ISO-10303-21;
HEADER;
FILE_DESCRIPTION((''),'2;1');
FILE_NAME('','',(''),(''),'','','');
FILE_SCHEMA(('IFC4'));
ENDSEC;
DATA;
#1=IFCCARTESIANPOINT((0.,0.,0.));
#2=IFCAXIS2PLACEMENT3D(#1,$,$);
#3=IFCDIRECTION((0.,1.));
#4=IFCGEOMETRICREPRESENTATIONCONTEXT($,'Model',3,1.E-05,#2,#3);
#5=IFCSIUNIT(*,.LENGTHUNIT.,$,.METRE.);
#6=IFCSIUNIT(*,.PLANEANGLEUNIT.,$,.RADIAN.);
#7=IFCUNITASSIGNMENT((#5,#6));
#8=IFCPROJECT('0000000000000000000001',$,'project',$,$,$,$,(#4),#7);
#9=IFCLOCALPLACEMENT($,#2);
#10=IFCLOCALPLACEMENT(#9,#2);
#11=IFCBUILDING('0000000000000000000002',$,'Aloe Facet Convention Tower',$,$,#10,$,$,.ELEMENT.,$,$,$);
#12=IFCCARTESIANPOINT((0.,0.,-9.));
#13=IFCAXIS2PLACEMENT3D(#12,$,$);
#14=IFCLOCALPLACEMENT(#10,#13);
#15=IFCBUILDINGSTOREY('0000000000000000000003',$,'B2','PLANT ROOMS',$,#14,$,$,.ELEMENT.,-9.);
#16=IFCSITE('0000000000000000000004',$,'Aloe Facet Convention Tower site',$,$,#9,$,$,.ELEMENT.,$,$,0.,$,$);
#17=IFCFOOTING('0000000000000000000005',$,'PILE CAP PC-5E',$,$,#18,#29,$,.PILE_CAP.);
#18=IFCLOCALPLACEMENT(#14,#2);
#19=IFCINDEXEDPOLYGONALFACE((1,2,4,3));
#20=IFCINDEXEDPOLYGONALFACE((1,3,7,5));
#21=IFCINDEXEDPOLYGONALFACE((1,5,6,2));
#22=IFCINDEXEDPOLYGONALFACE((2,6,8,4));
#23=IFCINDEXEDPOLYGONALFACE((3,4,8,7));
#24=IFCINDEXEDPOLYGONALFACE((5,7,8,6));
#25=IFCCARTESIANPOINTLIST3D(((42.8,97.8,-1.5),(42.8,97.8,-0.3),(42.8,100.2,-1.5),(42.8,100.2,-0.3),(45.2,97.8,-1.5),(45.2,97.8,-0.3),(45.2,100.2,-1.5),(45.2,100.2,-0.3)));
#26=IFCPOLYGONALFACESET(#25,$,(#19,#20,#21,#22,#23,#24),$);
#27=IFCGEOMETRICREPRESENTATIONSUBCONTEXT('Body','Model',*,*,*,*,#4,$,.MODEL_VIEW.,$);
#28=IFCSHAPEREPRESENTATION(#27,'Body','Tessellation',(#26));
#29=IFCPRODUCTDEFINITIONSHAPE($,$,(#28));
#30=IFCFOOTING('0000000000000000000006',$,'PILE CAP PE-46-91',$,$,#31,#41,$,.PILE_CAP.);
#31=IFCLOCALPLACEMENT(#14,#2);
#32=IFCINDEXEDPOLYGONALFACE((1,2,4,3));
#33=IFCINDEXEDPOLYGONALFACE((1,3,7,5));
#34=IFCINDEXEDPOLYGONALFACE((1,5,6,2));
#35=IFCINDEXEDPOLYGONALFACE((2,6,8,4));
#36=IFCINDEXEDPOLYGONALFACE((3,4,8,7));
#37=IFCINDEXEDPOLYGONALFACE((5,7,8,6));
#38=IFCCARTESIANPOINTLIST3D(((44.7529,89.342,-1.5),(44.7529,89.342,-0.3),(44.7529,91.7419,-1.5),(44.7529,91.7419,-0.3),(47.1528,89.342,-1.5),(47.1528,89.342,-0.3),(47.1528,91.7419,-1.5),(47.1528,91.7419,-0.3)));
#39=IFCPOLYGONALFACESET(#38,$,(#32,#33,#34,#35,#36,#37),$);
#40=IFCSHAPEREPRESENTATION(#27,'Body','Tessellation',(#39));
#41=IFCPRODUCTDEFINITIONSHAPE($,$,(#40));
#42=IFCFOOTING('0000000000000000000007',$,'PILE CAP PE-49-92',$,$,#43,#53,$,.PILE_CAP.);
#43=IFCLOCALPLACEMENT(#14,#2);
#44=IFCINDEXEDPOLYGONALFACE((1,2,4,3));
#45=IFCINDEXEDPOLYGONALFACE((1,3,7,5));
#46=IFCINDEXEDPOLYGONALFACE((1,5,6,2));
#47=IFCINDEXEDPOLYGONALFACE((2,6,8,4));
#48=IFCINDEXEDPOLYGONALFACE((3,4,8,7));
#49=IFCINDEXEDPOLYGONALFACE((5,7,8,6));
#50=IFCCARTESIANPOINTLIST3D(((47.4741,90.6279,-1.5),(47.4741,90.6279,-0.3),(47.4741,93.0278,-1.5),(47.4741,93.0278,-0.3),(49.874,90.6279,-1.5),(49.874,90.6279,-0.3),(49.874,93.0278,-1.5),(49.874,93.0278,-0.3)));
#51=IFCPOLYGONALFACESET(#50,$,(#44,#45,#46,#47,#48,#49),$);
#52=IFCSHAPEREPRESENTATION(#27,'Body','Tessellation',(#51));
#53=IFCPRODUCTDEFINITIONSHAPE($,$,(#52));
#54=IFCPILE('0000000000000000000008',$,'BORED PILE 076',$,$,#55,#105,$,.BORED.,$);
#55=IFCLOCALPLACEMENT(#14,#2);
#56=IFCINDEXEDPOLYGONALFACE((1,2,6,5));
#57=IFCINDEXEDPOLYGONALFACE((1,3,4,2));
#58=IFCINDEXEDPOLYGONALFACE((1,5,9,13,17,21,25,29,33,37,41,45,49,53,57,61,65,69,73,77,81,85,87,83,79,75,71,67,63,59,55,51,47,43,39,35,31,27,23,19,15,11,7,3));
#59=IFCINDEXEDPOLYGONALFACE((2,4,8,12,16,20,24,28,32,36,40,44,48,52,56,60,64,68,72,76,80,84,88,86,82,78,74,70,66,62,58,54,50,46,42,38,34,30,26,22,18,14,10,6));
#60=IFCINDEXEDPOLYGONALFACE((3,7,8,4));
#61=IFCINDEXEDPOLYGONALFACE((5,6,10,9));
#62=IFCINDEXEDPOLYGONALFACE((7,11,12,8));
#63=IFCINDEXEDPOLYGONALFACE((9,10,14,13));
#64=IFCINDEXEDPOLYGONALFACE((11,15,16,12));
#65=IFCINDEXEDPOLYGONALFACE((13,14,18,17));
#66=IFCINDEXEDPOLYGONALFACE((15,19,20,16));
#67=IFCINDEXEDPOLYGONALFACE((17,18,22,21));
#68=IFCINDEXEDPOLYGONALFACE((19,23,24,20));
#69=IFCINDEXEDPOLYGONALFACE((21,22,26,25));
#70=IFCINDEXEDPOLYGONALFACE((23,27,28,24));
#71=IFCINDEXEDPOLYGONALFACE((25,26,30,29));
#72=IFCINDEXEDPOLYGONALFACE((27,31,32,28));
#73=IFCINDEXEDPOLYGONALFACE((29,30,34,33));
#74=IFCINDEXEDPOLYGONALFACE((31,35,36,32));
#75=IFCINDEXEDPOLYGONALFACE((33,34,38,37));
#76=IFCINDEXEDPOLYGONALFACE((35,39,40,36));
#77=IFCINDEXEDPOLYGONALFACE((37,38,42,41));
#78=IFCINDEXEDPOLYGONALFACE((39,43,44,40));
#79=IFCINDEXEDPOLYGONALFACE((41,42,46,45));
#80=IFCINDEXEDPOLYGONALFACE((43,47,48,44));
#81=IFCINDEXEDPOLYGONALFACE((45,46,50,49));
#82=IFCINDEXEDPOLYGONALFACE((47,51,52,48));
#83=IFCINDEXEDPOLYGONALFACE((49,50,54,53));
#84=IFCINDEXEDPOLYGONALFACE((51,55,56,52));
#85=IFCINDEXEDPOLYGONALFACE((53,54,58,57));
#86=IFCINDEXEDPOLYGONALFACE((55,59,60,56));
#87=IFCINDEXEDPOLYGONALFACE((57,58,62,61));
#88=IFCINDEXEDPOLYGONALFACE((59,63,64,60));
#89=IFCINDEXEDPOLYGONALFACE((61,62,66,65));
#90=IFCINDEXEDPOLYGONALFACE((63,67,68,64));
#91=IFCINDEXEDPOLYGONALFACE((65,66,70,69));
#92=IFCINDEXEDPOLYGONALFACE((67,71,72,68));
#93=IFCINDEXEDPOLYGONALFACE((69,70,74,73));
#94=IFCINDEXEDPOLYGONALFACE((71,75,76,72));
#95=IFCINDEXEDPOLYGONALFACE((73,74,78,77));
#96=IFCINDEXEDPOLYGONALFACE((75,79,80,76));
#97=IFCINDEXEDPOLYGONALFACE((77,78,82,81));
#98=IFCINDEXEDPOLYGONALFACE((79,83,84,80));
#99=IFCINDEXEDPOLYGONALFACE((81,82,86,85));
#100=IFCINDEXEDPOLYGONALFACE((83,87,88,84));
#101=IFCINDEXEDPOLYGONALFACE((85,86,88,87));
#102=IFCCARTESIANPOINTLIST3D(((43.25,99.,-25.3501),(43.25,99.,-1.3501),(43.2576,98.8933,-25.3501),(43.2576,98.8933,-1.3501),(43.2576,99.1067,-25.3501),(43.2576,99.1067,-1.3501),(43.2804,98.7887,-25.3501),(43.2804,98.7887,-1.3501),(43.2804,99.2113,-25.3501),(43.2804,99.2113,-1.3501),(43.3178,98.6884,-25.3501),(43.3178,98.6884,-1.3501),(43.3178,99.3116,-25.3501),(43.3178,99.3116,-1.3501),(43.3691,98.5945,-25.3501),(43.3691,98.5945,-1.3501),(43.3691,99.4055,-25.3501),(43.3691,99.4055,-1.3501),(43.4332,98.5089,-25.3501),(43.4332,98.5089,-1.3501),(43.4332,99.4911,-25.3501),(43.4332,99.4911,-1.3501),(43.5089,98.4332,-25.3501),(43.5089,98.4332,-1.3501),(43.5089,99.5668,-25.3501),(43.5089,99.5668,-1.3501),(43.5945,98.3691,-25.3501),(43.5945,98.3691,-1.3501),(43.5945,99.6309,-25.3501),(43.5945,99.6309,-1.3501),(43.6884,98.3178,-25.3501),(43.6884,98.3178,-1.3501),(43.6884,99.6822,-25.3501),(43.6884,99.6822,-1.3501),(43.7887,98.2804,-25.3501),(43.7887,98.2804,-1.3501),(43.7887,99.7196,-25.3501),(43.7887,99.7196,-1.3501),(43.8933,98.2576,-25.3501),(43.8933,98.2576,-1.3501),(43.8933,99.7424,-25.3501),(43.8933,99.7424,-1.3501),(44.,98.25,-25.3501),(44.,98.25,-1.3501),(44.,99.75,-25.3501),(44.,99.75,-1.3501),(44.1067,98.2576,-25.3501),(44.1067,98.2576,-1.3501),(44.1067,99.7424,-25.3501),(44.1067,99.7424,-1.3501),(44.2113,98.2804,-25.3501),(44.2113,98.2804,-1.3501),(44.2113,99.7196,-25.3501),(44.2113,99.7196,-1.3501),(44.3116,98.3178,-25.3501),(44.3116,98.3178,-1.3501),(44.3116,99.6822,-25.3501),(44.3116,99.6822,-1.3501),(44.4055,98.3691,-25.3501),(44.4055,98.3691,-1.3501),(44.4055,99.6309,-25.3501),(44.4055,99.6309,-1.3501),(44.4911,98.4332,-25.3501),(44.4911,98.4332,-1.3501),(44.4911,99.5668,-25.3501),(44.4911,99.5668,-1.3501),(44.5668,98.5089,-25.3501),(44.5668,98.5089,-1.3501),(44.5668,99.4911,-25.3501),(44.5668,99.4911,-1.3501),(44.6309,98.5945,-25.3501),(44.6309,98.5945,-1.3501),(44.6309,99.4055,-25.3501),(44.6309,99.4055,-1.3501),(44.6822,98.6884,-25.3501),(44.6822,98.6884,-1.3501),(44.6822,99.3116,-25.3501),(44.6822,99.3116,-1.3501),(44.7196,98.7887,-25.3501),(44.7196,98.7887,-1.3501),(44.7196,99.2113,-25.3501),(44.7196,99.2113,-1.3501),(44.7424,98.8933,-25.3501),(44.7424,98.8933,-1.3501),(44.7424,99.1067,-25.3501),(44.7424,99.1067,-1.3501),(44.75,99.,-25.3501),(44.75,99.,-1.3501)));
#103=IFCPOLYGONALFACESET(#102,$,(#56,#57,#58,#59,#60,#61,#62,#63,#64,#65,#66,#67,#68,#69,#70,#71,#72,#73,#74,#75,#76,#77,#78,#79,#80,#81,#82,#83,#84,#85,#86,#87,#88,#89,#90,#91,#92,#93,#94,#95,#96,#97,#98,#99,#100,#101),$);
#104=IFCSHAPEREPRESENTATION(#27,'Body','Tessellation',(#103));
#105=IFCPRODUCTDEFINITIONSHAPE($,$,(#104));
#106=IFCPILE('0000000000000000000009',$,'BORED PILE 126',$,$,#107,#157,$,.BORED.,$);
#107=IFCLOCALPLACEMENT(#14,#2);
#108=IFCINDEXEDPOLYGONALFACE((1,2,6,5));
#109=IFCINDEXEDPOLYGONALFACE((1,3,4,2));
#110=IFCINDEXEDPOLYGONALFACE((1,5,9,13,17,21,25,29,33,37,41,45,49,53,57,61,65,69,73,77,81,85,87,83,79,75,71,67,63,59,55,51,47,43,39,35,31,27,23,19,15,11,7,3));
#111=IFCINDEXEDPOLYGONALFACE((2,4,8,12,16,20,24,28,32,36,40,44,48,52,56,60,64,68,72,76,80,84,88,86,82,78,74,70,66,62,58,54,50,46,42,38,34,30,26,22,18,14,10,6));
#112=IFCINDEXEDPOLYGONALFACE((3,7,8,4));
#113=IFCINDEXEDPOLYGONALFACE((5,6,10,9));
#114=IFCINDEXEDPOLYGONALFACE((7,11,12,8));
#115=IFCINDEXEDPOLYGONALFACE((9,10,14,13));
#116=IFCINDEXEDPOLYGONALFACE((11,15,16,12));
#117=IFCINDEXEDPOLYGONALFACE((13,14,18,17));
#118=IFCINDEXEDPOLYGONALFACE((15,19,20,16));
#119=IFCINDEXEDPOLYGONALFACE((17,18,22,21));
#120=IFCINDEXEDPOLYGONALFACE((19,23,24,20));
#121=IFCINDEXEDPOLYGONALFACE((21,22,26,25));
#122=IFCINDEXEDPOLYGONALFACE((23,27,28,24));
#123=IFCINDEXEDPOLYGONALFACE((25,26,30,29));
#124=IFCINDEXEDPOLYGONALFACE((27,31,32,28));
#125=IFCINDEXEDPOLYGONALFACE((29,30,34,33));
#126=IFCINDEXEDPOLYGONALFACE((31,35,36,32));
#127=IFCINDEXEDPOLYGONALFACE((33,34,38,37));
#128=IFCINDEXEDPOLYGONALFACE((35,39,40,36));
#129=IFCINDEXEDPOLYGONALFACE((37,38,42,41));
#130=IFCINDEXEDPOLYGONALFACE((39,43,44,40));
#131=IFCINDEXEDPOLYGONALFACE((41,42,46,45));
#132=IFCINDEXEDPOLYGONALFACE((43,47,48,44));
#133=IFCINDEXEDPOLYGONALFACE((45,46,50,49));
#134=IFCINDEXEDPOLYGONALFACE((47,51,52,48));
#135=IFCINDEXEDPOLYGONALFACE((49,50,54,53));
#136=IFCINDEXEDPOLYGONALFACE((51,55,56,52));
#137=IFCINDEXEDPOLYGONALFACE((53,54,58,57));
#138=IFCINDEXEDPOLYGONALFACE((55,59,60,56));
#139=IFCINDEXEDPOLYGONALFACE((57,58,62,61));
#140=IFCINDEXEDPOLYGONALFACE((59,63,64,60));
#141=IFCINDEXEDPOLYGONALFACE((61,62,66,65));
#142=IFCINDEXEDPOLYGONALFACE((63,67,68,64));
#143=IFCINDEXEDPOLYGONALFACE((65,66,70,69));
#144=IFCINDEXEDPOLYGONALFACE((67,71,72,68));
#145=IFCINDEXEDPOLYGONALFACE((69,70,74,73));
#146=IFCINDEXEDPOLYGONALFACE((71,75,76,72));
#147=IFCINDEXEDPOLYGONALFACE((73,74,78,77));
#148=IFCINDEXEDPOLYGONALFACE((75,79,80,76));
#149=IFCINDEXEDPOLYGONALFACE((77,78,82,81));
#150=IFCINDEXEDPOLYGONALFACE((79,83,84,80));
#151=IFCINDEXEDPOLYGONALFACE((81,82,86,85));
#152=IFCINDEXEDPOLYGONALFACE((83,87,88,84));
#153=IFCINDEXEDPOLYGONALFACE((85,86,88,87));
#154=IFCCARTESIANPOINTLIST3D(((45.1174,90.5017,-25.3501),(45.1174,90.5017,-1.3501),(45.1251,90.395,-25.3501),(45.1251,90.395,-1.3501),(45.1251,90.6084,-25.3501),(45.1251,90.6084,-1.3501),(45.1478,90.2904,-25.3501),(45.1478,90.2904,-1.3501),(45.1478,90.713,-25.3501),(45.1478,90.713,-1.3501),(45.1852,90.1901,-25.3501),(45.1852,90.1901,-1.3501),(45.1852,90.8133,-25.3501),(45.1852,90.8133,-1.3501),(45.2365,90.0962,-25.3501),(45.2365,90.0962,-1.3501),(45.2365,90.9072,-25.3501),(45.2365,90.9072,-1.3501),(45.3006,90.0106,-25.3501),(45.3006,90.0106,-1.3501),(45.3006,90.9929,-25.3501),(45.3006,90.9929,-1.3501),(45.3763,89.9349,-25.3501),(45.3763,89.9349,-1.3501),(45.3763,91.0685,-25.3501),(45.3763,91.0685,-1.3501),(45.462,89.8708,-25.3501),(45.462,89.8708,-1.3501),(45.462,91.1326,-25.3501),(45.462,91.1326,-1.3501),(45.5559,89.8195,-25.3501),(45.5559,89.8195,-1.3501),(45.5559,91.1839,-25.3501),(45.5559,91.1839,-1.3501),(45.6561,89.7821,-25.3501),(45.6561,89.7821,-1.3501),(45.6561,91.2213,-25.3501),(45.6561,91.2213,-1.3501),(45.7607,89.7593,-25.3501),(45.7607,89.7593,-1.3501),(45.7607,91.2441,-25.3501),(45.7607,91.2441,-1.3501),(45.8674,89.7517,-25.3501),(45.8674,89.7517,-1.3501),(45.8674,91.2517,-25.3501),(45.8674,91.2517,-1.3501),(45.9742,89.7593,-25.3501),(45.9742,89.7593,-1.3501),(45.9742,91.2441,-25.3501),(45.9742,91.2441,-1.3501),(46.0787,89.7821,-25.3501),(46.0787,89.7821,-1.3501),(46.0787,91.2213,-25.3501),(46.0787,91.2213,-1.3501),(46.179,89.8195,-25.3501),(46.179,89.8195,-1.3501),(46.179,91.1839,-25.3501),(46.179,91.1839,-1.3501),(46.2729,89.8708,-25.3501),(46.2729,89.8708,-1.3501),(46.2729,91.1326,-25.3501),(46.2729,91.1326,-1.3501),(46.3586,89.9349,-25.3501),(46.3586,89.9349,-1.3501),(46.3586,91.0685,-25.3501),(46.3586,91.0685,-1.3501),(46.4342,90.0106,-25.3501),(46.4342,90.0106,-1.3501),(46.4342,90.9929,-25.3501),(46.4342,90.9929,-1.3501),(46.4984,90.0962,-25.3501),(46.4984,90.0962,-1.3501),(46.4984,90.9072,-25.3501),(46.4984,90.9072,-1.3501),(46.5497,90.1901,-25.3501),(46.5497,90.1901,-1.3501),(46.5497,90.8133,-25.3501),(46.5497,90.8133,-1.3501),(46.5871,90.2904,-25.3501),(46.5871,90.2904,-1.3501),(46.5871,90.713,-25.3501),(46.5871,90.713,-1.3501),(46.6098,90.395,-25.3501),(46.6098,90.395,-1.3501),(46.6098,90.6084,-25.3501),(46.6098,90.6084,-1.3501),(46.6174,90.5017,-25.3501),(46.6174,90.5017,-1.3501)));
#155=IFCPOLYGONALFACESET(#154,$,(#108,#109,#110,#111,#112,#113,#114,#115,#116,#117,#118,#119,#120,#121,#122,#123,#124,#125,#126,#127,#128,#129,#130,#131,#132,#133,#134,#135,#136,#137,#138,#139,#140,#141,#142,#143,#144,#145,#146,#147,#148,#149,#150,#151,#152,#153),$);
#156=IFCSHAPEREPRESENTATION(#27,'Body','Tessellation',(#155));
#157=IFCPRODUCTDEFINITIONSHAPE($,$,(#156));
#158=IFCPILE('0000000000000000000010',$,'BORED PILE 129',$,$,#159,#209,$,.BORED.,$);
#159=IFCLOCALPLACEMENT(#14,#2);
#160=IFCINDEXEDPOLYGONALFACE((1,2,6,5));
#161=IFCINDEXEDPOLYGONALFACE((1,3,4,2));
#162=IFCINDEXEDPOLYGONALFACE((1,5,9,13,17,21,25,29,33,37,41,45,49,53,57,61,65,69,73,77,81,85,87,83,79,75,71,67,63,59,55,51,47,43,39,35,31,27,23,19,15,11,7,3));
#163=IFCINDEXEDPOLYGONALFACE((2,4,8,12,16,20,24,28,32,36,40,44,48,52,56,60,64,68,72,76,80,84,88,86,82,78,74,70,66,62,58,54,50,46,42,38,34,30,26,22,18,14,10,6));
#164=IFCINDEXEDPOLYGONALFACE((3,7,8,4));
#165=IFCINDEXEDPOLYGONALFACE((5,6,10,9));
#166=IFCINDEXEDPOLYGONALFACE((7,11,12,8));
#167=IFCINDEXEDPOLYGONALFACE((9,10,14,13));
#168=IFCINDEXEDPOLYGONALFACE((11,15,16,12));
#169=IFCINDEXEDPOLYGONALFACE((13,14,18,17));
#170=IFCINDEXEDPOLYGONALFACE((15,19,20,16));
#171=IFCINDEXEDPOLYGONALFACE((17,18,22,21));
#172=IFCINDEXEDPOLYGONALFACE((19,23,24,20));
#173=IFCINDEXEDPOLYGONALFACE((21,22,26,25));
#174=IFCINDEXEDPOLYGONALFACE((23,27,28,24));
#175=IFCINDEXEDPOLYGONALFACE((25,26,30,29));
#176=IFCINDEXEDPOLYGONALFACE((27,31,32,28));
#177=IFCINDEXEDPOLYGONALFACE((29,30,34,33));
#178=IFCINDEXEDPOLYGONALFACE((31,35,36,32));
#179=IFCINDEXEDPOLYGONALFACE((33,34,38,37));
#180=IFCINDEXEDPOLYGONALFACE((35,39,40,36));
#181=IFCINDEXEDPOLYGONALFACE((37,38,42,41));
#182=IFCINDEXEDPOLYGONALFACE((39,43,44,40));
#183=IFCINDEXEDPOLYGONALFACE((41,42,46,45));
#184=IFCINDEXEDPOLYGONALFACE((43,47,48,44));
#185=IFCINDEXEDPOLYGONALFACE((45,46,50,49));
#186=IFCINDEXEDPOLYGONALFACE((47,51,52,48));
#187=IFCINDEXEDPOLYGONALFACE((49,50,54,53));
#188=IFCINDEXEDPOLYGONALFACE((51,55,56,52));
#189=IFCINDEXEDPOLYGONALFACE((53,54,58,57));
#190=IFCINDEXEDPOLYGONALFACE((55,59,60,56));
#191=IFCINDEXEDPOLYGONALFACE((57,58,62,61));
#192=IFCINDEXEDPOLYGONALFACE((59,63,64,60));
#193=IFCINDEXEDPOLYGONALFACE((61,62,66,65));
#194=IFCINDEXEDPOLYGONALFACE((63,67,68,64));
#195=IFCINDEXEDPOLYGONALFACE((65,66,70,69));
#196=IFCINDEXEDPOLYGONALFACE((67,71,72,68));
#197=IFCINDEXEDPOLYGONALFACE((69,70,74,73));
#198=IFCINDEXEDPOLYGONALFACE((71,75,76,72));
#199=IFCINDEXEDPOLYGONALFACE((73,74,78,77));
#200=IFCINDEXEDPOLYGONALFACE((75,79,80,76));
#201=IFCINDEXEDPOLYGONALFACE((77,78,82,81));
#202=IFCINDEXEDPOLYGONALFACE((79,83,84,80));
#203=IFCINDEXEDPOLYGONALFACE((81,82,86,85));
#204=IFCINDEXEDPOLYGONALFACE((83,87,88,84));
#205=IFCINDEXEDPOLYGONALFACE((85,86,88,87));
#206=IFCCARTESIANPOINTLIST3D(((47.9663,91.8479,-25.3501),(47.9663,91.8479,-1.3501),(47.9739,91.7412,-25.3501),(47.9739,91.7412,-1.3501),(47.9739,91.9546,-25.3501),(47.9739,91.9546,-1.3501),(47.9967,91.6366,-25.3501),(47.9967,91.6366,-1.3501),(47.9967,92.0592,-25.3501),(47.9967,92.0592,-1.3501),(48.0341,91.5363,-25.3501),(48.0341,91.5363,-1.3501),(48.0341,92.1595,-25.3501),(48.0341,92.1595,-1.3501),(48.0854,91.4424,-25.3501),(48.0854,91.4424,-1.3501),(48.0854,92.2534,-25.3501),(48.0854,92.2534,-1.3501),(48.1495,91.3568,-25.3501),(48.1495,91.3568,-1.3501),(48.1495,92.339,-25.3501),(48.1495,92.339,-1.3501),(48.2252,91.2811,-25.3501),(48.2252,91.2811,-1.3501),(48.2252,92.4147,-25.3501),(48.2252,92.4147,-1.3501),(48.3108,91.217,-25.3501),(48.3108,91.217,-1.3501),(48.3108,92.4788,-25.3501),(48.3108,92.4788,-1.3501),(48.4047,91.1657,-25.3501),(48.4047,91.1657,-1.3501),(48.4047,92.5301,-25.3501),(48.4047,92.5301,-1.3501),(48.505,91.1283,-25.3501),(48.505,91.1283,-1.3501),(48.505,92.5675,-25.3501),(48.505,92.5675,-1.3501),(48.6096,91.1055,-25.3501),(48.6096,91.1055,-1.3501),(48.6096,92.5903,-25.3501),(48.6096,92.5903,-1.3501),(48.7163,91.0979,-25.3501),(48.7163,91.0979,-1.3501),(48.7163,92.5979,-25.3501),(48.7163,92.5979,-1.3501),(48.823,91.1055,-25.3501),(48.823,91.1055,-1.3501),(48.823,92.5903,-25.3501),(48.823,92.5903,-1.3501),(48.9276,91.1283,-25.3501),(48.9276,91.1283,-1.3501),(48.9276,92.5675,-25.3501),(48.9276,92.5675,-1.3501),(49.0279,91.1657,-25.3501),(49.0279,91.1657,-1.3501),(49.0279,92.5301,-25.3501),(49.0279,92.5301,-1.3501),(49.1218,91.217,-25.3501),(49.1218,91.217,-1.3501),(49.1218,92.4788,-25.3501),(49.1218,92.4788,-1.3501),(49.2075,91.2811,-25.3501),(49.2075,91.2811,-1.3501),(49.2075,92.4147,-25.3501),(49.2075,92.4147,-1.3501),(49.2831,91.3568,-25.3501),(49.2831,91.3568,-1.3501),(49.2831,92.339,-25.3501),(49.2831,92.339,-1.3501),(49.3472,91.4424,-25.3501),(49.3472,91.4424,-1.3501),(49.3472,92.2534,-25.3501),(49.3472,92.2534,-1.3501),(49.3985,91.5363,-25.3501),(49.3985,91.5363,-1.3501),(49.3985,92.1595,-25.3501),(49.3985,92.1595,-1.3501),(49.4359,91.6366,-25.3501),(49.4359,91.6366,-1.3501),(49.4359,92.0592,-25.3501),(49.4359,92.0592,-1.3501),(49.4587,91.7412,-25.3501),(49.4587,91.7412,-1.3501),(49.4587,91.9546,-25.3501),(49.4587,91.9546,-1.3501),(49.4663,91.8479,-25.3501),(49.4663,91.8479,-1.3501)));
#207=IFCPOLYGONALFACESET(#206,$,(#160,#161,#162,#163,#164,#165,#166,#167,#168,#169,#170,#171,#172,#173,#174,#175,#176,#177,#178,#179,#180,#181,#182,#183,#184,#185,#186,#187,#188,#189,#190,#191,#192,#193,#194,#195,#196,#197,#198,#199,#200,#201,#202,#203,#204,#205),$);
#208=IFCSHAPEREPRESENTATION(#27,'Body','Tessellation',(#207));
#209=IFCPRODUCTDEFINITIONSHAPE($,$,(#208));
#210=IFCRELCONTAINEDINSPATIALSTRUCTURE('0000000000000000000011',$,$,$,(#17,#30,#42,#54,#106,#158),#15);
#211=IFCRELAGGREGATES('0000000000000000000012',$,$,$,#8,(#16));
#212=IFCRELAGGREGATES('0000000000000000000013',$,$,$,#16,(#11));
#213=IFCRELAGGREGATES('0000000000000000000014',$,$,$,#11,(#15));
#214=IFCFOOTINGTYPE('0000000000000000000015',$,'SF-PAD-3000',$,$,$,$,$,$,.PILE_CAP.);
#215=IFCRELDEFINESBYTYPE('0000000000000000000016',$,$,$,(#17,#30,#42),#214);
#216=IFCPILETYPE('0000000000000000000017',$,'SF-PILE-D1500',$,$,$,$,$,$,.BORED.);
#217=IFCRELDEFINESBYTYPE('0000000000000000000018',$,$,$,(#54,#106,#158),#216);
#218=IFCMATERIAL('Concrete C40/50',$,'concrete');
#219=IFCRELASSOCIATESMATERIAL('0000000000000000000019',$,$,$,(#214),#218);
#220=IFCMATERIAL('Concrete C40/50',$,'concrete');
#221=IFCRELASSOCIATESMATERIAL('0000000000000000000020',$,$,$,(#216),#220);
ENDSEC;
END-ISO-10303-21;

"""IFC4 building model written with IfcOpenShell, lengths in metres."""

from ifc_helpers import new_model, si_unit, direction, frame, origin, origin_2d, place, context, subcontext, project, spatial, rectangle, circle, extrude, material, material_profile, profile_set, type_object, element, save


model = new_model("IFC4")

# Units and contexts
model_context = context("Model", 3, precision=1e-05, world=origin(), true_north=direction((0.0, 1.0)))
body_context = subcontext(model_context, "Body", "Model", "MODEL_VIEW")
ifc_project = project(units=[si_unit("LENGTHUNIT", "METRE"), si_unit("PLANEANGLEUNIT", "RADIAN")], contexts=[model_context])

# Site, building, storey
site_placement = place(None, origin())
site = spatial("IfcSite", under=ifc_project, at=site_placement, Name="Aloe Facet Convention Tower site", CompositionType="ELEMENT", RefElevation=0.0)
building_placement = place(site_placement, origin())
building = spatial("IfcBuilding", under=site, at=building_placement, Name="Aloe Facet Convention Tower", CompositionType="ELEMENT")
storey_placement = place(building_placement, frame((0.0, 0.0, -9.0)))
storey = spatial("IfcBuildingStorey", under=building, at=storey_placement, Name="B2", Description="PLANT ROOMS", CompositionType="ELEMENT", Elevation=-9.0)

# Footings
ifc_material_1 = material(Name="Concrete C40/50", Category="concrete")
footing_type = type_object("IfcFootingType", Name="SF-PAD-3000", PredefinedType="PILE_CAP", material=ifc_material_1)
for number, where, z_axis, x_axis, name in (
    (1, (44.0, 99.0, -1.5), (0.0, 0.0, 1.0), (1.0, 0.0, 0.0), "PILE CAP PC-5E"),
    (2, (45.9529, 90.542, -1.5), (0.0, 0.0, 1.0), (1.0, 0.0, 0.0), "PILE CAP PE-46-91"),
    (3, (48.6741, 91.8279, -1.5), (0.0, 0.0, 1.0), (1.0, 0.0, 0.0), "PILE CAP PE-49-92"),
):
    element("IfcFooting", number, at=place(storey_placement, frame(where, z_axis=z_axis, x_axis=x_axis)), inside=storey, type_object=footing_type, Name=name, PredefinedType="PILE_CAP", context=body_context, shape_type="SweptSolid", body=[
        extrude(rectangle(XDim=2.3999, YDim=2.3999, at=origin_2d()), origin(), (0.0, 0.0, 1.0), 1.2),
    ])

# Piles
ifc_material_2 = material(Name="Concrete C40/50", Category="concrete")
ifc_material_profile_1 = material_profile(ifc_material_2, circle(Radius=0.75, at=origin_2d()), Name="D1500")
ifc_profile_set_1 = profile_set([ifc_material_profile_1], Name="Concrete C40/50")
pile_type = type_object("IfcPileType", Name="SF-PILE-D1500", PredefinedType="BORED", material=ifc_profile_set_1)
for number, where, z_axis, x_axis, name in (
    (4, (44.0, 99.0, -1.3501), (0.0, 0.0, -1.0), (1.0, 0.0, 0.0), "BORED PILE 076"),
    (5, (45.8674, 90.5017, -1.3501), (0.0, 0.0, -1.0), (1.0, 0.0, 0.0), "BORED PILE 126"),
    (6, (48.7163, 91.8479, -1.3501), (0.0, 0.0, -1.0), (1.0, 0.0, 0.0), "BORED PILE 129"),
):
    element("IfcPile", number, at=place(storey_placement, frame(where, z_axis=z_axis, x_axis=x_axis)), inside=storey, type_object=pile_type, Name=name, PredefinedType="BORED", context=body_context, shape_type="SweptSolid", body=[
        extrude(circle(Radius=0.75, at=origin_2d()), origin(), (0.0, 0.0, 1.0), 24.0),
    ])

save(model, "model.ifc")
